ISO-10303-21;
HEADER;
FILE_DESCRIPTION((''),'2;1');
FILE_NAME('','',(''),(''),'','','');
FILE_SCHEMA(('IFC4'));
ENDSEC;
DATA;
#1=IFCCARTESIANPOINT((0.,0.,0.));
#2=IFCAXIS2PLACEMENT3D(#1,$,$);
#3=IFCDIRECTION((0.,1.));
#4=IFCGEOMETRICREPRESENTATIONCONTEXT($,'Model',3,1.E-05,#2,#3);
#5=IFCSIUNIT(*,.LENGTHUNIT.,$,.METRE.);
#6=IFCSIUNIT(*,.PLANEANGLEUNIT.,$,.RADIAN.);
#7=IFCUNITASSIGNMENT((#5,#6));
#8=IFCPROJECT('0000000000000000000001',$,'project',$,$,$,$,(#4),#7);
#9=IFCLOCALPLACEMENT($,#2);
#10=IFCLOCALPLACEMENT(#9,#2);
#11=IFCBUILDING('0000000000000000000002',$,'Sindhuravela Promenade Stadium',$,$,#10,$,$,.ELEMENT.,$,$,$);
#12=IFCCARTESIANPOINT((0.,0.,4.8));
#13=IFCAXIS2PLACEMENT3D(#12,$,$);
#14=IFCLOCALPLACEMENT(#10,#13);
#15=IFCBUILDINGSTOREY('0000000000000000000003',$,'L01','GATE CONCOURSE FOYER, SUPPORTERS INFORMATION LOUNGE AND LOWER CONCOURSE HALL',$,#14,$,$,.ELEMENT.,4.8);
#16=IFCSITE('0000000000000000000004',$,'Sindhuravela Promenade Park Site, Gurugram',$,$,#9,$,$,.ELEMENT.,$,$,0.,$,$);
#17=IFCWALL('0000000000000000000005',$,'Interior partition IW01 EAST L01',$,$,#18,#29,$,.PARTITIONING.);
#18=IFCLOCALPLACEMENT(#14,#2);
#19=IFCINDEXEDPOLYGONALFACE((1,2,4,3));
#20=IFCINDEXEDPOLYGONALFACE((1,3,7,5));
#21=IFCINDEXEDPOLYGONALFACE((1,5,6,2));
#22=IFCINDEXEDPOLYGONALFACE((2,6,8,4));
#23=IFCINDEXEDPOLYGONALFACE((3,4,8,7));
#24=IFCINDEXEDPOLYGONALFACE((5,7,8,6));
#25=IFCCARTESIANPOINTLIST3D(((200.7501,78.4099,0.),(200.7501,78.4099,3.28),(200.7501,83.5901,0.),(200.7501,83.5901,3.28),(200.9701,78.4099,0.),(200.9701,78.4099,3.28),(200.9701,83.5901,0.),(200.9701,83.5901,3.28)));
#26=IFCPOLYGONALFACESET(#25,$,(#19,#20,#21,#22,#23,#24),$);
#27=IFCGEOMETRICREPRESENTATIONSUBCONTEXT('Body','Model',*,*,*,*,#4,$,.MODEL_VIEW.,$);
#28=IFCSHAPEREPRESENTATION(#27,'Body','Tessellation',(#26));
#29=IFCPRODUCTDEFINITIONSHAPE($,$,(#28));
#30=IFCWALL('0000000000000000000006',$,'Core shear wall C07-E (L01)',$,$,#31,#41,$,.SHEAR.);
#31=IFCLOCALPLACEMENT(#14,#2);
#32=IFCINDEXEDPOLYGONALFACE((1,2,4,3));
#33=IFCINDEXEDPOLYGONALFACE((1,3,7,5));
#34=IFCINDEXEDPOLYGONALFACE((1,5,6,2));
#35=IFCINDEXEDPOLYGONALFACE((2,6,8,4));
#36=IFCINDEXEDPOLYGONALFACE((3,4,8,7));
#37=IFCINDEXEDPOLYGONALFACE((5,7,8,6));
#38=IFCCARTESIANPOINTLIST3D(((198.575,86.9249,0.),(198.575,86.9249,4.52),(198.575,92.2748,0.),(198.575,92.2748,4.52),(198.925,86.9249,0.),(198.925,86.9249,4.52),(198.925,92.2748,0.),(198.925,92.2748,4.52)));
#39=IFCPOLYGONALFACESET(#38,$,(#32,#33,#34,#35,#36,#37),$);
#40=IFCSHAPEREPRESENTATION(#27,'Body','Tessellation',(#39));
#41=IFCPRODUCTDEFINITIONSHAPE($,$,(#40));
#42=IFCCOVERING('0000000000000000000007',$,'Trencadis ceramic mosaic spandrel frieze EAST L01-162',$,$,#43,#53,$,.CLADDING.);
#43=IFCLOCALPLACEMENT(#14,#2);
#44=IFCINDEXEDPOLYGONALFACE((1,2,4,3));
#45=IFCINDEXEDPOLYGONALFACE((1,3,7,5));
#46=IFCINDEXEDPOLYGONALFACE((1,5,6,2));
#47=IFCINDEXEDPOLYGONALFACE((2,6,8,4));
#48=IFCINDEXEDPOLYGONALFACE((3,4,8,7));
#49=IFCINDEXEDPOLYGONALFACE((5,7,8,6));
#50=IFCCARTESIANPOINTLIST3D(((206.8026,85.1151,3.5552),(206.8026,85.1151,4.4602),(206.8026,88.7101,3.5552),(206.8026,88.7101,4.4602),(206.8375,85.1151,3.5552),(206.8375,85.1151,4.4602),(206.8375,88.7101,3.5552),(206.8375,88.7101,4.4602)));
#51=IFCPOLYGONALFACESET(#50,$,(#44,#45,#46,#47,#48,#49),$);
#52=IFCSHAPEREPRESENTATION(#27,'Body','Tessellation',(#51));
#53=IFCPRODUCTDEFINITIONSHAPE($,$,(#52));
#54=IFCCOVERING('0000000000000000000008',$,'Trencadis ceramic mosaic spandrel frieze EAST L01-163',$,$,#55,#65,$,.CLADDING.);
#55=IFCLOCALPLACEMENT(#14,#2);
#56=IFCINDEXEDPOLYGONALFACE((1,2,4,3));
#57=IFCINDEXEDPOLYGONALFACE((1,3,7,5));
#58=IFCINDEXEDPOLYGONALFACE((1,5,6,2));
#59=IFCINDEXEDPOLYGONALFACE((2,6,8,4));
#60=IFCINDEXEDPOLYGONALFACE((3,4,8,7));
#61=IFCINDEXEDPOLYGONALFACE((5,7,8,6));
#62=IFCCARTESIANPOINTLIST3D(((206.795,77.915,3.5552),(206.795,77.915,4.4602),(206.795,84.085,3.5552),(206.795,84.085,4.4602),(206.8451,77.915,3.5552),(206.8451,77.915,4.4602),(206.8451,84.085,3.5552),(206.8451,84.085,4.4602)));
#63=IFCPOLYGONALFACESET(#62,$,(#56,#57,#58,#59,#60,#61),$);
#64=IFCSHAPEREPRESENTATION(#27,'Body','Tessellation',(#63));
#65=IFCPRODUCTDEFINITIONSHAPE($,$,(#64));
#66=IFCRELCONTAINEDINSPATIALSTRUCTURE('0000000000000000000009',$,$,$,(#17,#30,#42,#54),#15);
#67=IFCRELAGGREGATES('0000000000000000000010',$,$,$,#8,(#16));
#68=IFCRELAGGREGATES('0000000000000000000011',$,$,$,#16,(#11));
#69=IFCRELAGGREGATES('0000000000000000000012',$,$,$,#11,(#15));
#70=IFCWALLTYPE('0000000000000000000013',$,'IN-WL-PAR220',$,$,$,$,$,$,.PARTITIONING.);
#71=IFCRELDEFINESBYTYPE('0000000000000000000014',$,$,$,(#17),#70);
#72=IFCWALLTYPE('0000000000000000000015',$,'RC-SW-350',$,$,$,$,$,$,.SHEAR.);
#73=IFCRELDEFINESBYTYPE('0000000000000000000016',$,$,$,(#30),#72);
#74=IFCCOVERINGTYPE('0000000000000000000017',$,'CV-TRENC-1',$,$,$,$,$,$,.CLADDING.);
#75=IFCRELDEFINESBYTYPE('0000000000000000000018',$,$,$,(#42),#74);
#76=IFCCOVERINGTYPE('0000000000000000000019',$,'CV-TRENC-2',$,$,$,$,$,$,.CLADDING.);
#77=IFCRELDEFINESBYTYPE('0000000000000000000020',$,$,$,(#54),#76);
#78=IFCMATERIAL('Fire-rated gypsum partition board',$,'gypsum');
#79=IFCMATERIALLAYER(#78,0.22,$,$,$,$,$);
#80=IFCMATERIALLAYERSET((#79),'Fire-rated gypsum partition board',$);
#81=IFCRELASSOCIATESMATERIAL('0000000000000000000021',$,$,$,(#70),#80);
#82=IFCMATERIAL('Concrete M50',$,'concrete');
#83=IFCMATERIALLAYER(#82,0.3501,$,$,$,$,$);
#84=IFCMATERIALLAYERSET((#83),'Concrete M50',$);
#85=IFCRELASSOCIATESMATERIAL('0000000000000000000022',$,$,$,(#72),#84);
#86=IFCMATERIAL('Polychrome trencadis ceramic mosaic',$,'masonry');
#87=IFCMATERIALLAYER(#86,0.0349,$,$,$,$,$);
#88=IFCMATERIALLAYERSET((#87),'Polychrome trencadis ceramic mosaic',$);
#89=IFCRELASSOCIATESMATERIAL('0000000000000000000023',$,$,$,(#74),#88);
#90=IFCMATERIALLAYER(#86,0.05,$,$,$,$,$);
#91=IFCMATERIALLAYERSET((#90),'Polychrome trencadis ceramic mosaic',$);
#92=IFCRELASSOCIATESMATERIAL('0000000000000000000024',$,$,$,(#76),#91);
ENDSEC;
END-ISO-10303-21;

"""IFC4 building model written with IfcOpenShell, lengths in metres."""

from ifc_helpers import new_model, si_unit, direction, frame, frame_2d, origin, origin_2d, place, context, subcontext, project, spatial, rectangle, extrude, material, layer, layer_set, type_object, element, save


model = new_model("IFC4")

# Units and contexts
model_context = context("Model", 3, precision=1e-05, world=origin(), true_north=direction((0.0, 1.0)))
body_context = subcontext(model_context, "Body", "Model", "MODEL_VIEW")
ifc_project = project(units=[si_unit("LENGTHUNIT", "METRE"), si_unit("PLANEANGLEUNIT", "RADIAN")], contexts=[model_context])

# Site, building, storey
site_placement = place(None, origin())
site = spatial("IfcSite", under=ifc_project, at=site_placement, Name="Sindhuravela Promenade Park Site, Gurugram", CompositionType="ELEMENT", RefElevation=0.0)
building_placement = place(site_placement, origin())
building = spatial("IfcBuilding", under=site, at=building_placement, Name="Sindhuravela Promenade Stadium", CompositionType="ELEMENT")
storey_placement = place(building_placement, frame((0.0, 0.0, 4.8)))
storey = spatial("IfcBuildingStorey", under=building, at=storey_placement, Name="L01", Description="GATE CONCOURSE FOYER, SUPPORTERS INFORMATION LOUNGE AND LOWER CONCOURSE HALL", CompositionType="ELEMENT", Elevation=4.8)

# Shared definitions
ifc_material_1 = material(Name="Concrete M50", Category="concrete")

# Shared definitions
ifc_material_2 = material(Name="Fire-rated gypsum partition board", Category="gypsum")

# Walls
ifc_layer_1 = layer(ifc_material_2, 0.22)
ifc_layer_set_1 = layer_set([ifc_layer_1], Name="Fire-rated gypsum partition board")
wall_type_1 = type_object("IfcWallType", Name="IN-WL-PAR220", PredefinedType="PARTITIONING", material=ifc_layer_set_1)
wall_1_placement = place(storey_placement, frame((200.8601, 83.5901, 0.0), z_axis=(0.0, 0.0, 1.0), x_axis=(0.0, -1.0, 0.0)))
element("IfcWall", 1, at=wall_1_placement, inside=storey, type_object=wall_type_1, Name="Interior partition IW01 EAST L01", PredefinedType="PARTITIONING", context=body_context, shape_type="SweptSolid", body=[
    extrude(rectangle(XDim=5.1802, YDim=0.22, at=frame_2d((2.5901, 0.0))), origin(), (0.0, 0.0, 1.0), 3.28),
])
ifc_layer_2 = layer(ifc_material_1, 0.3501)
ifc_layer_set_2 = layer_set([ifc_layer_2], Name="Concrete M50")
wall_type_2 = type_object("IfcWallType", Name="RC-SW-350", PredefinedType="SHEAR", material=ifc_layer_set_2)
wall_2_placement = place(storey_placement, frame((198.75, 86.925, 0.0), z_axis=(0.0, 0.0, 1.0), x_axis=(0.0, 1.0, 0.0)))
element("IfcWall", 2, at=wall_2_placement, inside=storey, type_object=wall_type_2, Name="Core shear wall C07-E (L01)", PredefinedType="SHEAR", context=body_context, shape_type="SweptSolid", body=[
    extrude(rectangle(XDim=5.3499, YDim=0.3501, at=frame_2d((2.6748, 0.0))), origin(), (0.0, 0.0, 1.0), 4.52),
])

# Coverings
ifc_material_3 = material(Name="Polychrome trencadis ceramic mosaic", Category="masonry")
ifc_layer_3 = layer(ifc_material_3, 0.0349)
ifc_layer_set_3 = layer_set([ifc_layer_3], Name="Polychrome trencadis ceramic mosaic")
covering_type_1 = type_object("IfcCoveringType", Name="CV-TRENC-1", PredefinedType="CLADDING", material=ifc_layer_set_3)
covering_1_placement = place(storey_placement, frame((206.8201, 86.9126, 3.5552), z_axis=(0.0, 0.0, 1.0), x_axis=(0.0, -1.0, 0.0)))
element("IfcCovering", 3, at=covering_1_placement, inside=storey, type_object=covering_type_1, Name="Trencadis ceramic mosaic spandrel frieze EAST L01-162", PredefinedType="CLADDING", context=body_context, shape_type="SweptSolid", body=[
    extrude(rectangle(XDim=3.595, YDim=0.0349, at=origin_2d()), origin(), (0.0, 0.0, 1.0), 0.905),
])
ifc_layer_4 = layer(ifc_material_3, 0.05)
ifc_layer_set_4 = layer_set([ifc_layer_4], Name="Polychrome trencadis ceramic mosaic")
covering_type_2 = type_object("IfcCoveringType", Name="CV-TRENC-2", PredefinedType="CLADDING", material=ifc_layer_set_4)
covering_2_placement = place(storey_placement, frame((206.8201, 81.0, 3.5552), z_axis=(0.0, 0.0, 1.0), x_axis=(0.0, -1.0, 0.0)))
element("IfcCovering", 4, at=covering_2_placement, inside=storey, type_object=covering_type_2, Name="Trencadis ceramic mosaic spandrel frieze EAST L01-163", PredefinedType="CLADDING", context=body_context, shape_type="SweptSolid", body=[
    extrude(rectangle(XDim=6.1699, YDim=0.05, at=origin_2d()), origin(), (0.0, 0.0, 1.0), 0.905),
])

save(model, "model.ifc")
